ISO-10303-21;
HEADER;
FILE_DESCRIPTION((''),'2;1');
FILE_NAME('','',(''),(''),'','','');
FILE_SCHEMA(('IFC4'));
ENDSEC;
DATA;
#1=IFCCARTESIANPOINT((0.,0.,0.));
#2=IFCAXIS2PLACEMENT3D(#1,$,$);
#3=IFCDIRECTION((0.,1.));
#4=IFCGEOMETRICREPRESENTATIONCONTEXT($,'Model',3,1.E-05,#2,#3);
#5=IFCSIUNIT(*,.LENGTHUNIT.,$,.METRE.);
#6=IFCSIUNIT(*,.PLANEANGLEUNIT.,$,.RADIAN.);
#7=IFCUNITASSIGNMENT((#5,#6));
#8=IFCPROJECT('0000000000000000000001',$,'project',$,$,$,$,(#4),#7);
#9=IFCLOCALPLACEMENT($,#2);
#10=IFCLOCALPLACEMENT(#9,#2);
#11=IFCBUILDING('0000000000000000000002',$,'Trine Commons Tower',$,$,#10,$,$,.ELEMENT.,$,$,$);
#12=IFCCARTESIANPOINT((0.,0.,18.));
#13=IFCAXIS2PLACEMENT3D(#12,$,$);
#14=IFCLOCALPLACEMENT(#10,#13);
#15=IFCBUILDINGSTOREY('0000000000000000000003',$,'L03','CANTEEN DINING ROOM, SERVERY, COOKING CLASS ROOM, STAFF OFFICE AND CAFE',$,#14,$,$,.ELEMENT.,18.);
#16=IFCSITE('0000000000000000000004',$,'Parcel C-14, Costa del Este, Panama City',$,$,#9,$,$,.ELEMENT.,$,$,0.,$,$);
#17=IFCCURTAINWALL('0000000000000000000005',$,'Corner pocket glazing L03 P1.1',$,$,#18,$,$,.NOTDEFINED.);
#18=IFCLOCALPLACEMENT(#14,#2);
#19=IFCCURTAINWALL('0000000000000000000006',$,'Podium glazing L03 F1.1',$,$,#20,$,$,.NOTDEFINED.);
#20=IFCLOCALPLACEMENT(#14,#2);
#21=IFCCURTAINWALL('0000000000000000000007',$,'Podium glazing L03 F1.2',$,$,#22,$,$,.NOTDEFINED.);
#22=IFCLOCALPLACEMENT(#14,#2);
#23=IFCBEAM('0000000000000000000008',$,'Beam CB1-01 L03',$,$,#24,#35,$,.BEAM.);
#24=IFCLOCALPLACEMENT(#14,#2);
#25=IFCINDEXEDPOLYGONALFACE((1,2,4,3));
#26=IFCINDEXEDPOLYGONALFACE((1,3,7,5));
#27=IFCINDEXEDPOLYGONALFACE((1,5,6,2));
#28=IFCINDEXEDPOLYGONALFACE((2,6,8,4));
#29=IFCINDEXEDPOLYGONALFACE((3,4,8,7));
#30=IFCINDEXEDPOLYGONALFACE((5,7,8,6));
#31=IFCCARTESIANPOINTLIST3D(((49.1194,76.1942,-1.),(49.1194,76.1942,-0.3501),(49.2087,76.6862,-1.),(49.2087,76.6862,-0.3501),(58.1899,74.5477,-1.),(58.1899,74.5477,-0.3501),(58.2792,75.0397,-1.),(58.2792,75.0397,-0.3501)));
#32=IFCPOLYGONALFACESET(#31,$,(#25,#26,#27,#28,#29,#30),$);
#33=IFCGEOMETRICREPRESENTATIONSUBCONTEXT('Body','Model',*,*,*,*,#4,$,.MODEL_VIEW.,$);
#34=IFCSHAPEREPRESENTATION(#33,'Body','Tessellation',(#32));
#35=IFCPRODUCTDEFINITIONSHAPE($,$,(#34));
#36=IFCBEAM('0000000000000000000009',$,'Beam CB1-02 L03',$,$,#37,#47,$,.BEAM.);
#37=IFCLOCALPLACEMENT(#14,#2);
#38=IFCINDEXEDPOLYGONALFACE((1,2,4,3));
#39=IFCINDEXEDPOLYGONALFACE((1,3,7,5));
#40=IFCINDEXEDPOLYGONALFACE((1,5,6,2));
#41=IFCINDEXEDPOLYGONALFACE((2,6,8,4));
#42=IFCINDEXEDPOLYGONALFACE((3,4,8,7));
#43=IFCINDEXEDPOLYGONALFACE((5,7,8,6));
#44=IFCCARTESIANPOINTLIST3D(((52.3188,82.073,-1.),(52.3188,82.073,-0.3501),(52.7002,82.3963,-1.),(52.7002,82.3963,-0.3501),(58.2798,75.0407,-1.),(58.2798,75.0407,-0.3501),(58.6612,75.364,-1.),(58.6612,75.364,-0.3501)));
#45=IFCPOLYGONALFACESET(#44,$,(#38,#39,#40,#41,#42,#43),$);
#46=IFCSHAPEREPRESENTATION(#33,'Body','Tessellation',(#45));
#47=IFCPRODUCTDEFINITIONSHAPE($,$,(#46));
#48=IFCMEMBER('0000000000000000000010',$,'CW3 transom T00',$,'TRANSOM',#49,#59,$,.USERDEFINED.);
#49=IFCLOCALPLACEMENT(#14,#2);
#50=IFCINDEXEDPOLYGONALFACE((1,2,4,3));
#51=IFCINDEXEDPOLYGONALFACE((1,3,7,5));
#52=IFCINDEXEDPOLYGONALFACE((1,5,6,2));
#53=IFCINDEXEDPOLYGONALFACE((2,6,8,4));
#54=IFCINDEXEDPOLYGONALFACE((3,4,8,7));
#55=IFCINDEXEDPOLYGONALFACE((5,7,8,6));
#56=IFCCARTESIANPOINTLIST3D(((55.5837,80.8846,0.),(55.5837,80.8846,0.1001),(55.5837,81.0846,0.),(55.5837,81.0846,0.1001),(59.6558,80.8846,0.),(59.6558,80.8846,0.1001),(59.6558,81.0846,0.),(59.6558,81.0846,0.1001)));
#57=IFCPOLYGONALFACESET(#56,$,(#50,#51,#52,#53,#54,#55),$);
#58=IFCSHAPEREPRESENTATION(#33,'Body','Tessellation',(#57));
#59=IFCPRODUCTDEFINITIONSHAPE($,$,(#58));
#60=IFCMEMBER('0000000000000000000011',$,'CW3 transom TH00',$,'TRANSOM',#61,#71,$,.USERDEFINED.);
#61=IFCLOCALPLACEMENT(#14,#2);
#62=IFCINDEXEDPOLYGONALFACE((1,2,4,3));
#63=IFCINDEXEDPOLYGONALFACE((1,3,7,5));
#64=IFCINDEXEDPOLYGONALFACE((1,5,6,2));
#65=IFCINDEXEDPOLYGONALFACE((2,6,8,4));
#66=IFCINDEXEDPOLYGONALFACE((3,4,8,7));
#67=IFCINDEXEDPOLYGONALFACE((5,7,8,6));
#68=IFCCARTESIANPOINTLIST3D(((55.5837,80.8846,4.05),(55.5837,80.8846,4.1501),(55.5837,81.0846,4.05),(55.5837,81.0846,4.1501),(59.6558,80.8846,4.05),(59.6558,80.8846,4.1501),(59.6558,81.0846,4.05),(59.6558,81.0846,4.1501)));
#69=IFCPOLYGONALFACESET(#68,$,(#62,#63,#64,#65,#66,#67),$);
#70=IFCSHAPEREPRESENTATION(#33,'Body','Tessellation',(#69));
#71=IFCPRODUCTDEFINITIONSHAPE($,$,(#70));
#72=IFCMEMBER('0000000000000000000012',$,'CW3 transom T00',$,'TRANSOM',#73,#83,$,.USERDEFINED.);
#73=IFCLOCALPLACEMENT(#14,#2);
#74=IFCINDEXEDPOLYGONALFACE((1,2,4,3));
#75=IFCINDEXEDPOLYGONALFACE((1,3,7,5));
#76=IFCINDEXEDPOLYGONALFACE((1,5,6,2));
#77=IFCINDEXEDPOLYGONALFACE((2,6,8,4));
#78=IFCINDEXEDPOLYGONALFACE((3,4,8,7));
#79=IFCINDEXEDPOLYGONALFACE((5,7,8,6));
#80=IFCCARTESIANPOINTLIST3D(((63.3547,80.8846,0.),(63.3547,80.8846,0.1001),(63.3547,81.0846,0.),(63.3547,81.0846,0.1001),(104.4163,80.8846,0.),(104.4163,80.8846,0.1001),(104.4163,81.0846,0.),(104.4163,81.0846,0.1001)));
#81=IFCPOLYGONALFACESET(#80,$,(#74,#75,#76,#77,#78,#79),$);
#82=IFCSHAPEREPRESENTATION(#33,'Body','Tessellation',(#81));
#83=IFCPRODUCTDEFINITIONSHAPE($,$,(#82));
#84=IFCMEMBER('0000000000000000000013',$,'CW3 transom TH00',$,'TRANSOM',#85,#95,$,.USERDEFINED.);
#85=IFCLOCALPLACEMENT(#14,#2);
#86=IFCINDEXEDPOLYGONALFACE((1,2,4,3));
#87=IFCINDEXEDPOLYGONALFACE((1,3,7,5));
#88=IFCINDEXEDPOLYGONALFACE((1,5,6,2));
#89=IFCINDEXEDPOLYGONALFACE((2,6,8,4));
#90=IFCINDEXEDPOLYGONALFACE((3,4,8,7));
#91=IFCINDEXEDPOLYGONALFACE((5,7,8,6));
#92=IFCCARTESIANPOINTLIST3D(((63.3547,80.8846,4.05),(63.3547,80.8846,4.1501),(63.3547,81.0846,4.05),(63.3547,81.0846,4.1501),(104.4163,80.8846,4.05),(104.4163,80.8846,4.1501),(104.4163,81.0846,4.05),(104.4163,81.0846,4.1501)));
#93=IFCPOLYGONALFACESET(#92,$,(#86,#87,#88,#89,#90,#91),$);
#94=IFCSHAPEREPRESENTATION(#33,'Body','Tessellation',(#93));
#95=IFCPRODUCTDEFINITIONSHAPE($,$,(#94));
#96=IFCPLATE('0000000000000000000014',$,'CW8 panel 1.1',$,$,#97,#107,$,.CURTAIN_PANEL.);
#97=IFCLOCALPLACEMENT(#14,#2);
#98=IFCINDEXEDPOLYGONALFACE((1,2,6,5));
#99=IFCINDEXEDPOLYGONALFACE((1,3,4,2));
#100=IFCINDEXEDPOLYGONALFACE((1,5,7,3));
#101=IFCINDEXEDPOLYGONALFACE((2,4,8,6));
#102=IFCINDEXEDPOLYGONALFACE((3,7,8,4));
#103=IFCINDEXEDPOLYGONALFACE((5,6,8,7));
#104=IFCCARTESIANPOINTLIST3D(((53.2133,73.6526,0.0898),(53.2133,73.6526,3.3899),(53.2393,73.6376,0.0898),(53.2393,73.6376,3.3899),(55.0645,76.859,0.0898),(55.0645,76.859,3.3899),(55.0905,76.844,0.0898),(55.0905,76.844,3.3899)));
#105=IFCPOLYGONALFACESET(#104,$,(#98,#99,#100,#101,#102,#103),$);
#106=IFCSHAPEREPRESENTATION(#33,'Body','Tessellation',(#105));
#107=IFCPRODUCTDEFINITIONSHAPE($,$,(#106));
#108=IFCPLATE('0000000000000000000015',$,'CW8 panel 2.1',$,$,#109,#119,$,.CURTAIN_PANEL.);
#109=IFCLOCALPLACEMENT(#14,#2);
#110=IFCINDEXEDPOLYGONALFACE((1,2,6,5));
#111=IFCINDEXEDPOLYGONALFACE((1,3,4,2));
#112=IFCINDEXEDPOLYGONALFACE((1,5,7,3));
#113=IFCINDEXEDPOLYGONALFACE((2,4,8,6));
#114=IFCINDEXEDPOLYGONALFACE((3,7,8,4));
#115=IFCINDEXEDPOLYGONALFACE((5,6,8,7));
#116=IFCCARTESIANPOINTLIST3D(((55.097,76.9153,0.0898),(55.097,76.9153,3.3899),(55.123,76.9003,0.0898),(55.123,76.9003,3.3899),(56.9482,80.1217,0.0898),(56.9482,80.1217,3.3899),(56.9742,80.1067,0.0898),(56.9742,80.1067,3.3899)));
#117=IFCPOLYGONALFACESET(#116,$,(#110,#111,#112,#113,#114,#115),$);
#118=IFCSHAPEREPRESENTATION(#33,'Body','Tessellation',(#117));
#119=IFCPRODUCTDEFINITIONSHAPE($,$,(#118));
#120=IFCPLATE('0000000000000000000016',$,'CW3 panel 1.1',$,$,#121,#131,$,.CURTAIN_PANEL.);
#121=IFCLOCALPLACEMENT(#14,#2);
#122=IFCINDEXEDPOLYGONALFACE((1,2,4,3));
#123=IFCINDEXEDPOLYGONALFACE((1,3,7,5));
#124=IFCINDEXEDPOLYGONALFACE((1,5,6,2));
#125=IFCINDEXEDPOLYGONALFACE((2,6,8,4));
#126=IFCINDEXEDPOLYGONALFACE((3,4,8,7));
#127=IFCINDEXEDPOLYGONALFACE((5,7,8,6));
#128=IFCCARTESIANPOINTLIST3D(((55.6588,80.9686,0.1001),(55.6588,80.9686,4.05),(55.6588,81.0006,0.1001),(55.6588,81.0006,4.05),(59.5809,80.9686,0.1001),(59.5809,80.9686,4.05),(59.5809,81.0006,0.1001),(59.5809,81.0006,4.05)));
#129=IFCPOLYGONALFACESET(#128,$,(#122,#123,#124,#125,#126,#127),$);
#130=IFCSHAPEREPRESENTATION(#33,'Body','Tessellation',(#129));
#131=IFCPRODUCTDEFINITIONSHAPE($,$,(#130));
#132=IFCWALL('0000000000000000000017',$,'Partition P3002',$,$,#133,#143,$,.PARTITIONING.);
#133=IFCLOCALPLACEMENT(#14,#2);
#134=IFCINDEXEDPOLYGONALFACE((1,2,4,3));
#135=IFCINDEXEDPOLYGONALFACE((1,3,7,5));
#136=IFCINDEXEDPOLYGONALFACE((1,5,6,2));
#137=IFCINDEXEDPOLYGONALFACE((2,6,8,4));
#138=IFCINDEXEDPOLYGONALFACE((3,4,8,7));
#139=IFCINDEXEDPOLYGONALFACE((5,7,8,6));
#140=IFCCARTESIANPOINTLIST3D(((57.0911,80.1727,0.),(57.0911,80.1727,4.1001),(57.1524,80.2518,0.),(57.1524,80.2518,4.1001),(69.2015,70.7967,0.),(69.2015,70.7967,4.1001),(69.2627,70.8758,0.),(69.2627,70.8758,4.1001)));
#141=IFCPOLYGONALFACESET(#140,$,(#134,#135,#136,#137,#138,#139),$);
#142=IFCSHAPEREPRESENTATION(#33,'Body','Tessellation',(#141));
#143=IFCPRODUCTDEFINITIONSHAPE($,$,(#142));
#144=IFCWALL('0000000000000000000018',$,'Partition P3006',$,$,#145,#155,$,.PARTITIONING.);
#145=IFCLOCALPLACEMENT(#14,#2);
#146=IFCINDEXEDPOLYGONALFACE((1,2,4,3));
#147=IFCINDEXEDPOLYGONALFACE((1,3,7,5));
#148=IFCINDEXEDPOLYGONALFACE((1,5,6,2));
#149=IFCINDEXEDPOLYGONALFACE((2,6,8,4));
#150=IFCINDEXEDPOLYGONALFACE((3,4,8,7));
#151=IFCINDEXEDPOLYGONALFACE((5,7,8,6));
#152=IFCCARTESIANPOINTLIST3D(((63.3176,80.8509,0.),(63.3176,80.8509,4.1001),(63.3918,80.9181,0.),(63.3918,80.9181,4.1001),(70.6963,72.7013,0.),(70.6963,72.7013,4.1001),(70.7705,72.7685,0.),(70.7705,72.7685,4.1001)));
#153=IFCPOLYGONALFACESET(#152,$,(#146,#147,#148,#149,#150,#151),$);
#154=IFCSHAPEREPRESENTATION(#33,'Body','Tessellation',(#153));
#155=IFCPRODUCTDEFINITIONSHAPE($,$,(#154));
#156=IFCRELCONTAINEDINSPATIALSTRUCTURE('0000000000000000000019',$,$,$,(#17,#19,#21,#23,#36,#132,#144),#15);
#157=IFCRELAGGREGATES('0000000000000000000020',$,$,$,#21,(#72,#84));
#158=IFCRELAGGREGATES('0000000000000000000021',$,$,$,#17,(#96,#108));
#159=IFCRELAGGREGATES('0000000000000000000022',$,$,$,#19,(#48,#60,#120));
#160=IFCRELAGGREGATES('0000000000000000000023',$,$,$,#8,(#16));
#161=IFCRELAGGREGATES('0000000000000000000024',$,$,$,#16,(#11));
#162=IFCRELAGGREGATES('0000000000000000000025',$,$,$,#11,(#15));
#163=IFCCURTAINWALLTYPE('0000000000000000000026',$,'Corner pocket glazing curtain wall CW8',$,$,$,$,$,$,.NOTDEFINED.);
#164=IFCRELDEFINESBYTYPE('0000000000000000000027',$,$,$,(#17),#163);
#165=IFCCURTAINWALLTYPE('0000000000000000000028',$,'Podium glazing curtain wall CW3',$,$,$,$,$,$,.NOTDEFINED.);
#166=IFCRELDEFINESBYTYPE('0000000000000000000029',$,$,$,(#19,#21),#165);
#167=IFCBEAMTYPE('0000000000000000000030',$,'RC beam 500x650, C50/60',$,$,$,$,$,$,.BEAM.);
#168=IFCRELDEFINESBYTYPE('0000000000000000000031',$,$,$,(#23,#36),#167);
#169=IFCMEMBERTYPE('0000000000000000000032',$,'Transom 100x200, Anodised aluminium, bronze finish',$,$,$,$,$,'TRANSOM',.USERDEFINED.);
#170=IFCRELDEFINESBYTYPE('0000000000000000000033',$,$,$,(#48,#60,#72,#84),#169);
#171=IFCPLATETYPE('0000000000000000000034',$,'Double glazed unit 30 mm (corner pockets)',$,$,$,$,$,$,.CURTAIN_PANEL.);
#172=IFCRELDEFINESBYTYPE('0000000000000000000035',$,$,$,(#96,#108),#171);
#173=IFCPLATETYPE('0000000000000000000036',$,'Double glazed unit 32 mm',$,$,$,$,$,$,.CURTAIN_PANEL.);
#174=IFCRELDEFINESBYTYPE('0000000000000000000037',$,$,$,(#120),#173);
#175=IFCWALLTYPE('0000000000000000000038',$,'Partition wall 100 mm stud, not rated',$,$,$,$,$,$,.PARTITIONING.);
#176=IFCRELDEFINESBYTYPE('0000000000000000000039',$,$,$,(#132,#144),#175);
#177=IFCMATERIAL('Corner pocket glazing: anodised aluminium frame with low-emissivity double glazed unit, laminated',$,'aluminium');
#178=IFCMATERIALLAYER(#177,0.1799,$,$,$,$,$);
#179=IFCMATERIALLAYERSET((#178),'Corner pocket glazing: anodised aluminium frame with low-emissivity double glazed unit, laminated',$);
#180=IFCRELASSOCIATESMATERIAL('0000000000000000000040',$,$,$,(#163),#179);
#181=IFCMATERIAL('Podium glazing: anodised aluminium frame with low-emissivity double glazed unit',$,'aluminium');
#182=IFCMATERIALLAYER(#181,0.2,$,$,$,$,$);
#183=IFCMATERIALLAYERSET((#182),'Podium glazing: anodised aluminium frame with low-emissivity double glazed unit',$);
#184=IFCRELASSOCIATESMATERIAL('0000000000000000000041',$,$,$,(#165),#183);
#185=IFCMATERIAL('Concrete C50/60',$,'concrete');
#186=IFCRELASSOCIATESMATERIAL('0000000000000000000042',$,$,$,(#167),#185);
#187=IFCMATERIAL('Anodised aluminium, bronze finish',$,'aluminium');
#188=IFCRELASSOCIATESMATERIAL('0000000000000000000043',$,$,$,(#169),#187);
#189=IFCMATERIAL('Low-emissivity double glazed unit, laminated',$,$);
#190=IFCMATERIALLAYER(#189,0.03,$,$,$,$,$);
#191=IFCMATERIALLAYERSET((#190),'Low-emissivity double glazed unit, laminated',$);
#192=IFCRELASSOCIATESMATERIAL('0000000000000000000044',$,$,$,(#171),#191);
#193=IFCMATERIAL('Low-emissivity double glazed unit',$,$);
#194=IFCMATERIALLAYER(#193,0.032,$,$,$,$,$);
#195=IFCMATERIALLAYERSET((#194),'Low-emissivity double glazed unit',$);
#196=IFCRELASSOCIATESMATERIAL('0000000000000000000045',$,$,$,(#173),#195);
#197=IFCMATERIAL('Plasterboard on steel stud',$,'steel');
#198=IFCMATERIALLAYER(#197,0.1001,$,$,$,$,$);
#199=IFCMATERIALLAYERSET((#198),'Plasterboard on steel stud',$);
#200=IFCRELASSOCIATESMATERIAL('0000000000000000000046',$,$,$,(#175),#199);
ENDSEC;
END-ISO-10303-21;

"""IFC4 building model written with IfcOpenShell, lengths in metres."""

from ifc_helpers import new_model, si_unit, direction, frame, frame_2d, origin, origin_2d, place, context, subcontext, project, spatial, rectangle, extrude, material, layer, layer_set, material_profile, profile_set, type_object, element, aggregate, save


model = new_model("IFC4")

# Units and contexts
model_context = context("Model", 3, precision=1e-05, world=origin(), true_north=direction((0.0, 1.0)))
body_context = subcontext(model_context, "Body", "Model", "MODEL_VIEW")
ifc_project = project(units=[si_unit("LENGTHUNIT", "METRE"), si_unit("PLANEANGLEUNIT", "RADIAN")], contexts=[model_context])

# Site, building, storey
site_placement = place(None, origin())
site = spatial("IfcSite", under=ifc_project, at=site_placement, Name="Parcel C-14, Costa del Este, Panama City", CompositionType="ELEMENT", RefElevation=0.0)
building_placement = place(site_placement, origin())
building = spatial("IfcBuilding", under=site, at=building_placement, Name="Trine Commons Tower", CompositionType="ELEMENT")
storey_placement = place(building_placement, frame((0.0, 0.0, 18.0)))
storey = spatial("IfcBuildingStorey", under=building, at=storey_placement, Name="L03", Description="CANTEEN DINING ROOM, SERVERY, COOKING CLASS ROOM, STAFF OFFICE AND CAFE", CompositionType="ELEMENT", Elevation=18.0)

# Curtain walls
ifc_material_1 = material(Name="Corner pocket glazing: anodised aluminium frame with low-emissivity double glazed unit, laminated", Category="aluminium")
ifc_layer_1 = layer(ifc_material_1, 0.1799)
ifc_layer_set_1 = layer_set([ifc_layer_1], Name="Corner pocket glazing: anodised aluminium frame with low-emissivity double glazed unit, laminated")
curtain_wall_type_1 = type_object("IfcCurtainWallType", Name="Corner pocket glazing curtain wall CW8", PredefinedType="NOTDEFINED", material=ifc_layer_set_1)
curtain_wall_1_placement = place(storey_placement, origin())
curtain_wall_1 = element("IfcCurtainWall", 1, at=curtain_wall_1_placement, inside=storey, type_object=curtain_wall_type_1, Name="Corner pocket glazing L03 P1.1", PredefinedType="NOTDEFINED")
ifc_material_2 = material(Name="Anodised aluminium, bronze finish", Category="aluminium")
ifc_material_3 = material(Name="Podium glazing: anodised aluminium frame with low-emissivity double glazed unit", Category="aluminium")
ifc_layer_2 = layer(ifc_material_3, 0.2)
ifc_layer_set_2 = layer_set([ifc_layer_2], Name="Podium glazing: anodised aluminium frame with low-emissivity double glazed unit")
curtain_wall_type_2 = type_object("IfcCurtainWallType", Name="Podium glazing curtain wall CW3", PredefinedType="NOTDEFINED", material=ifc_layer_set_2)
curtain_wall_2_placement = place(storey_placement, origin())
curtain_wall_2 = element("IfcCurtainWall", 2, at=curtain_wall_2_placement, inside=storey, type_object=curtain_wall_type_2, Name="Podium glazing L03 F1.1", PredefinedType="NOTDEFINED")

# Curtain wall
curtain_wall_3_placement = place(storey_placement, origin())
curtain_wall_3 = element("IfcCurtainWall", 3, at=curtain_wall_3_placement, inside=storey, type_object=curtain_wall_type_2, Name="Podium glazing L03 F1.2", PredefinedType="NOTDEFINED")

# Beams
ifc_material_4 = material(Name="Concrete C50/60", Category="concrete")
ifc_material_profile_1 = material_profile(ifc_material_4, rectangle(XDim=0.5, YDim=0.6499, at=origin_2d()), Name="RC 500x650")
ifc_profile_set_1 = profile_set([ifc_material_profile_1], Name="Concrete C50/60")
beam_type_1 = type_object("IfcBeamType", Name="RC beam 500x650, C50/60", PredefinedType="BEAM", material=ifc_profile_set_1)
for number, where, z_axis, x_axis, name in (
    (4, (49.1641, 76.4402, -0.675), (0.983922, -0.178601, 0.0), (0.178601, 0.983922, 0.0), "Beam CB1-01 L03"),
    (5, (52.5095, 82.2346, -0.675), (0.646612, -0.762819, 0.0), (0.762819, 0.646612, 0.0), "Beam CB1-02 L03"),
):
    element("IfcBeam", number, at=place(storey_placement, frame(where, z_axis=z_axis, x_axis=x_axis)), inside=storey, type_object=beam_type_1, Name=name, PredefinedType="BEAM", context=body_context, shape_type="SweptSolid", body=[
        extrude(rectangle(XDim=0.5, YDim=0.6499, at=origin_2d()), origin(), (0.0, 0.0, 1.0), 9.2188),
    ])

# Members
ifc_material_profile_2 = material_profile(ifc_material_2, rectangle(XDim=0.2, YDim=0.1001, at=origin_2d()), Name="Transom 100x200")
ifc_profile_set_2 = profile_set([ifc_material_profile_2], Name="Anodised aluminium, bronze finish")
member_type_1 = type_object("IfcMemberType", Name="Transom 100x200, Anodised aluminium, bronze finish", ElementType="TRANSOM", PredefinedType="USERDEFINED", material=ifc_profile_set_2)
member_1_placement = place(storey_placement, frame((55.5837, 80.9846, 0.05), z_axis=(1.0, 0.0, 0.0), x_axis=(0.0, 1.0, 0.0)))
member_1 = element("IfcMember", 6, at=member_1_placement, type_object=member_type_1, Name="CW3 transom T00", ObjectType="TRANSOM", PredefinedType="USERDEFINED", context=body_context, shape_type="SweptSolid", body=[
    extrude(rectangle(XDim=0.2, YDim=0.1001, at=origin_2d()), origin(), (0.0, 0.0, 1.0), 4.072),
])
member_2_placement = place(storey_placement, frame((55.5837, 80.9846, 4.1001), z_axis=(1.0, 0.0, 0.0), x_axis=(0.0, 1.0, 0.0)))
member_2 = element("IfcMember", 7, at=member_2_placement, type_object=member_type_1, Name="CW3 transom TH00", ObjectType="TRANSOM", PredefinedType="USERDEFINED", context=body_context, shape_type="SweptSolid", body=[
    extrude(rectangle(XDim=0.2, YDim=0.1001, at=origin_2d()), origin(), (0.0, 0.0, 1.0), 4.072),
])
member_3_placement = place(storey_placement, frame((63.3547, 80.9846, 0.05), z_axis=(1.0, 0.0, 0.0), x_axis=(0.0, 1.0, 0.0)))
member_3 = element("IfcMember", 8, at=member_3_placement, type_object=member_type_1, Name="CW3 transom T00", ObjectType="TRANSOM", PredefinedType="USERDEFINED", context=body_context, shape_type="SweptSolid", body=[
    extrude(rectangle(XDim=0.2, YDim=0.1001, at=origin_2d()), origin(), (0.0, 0.0, 1.0), 41.0615),
])
member_4_placement = place(storey_placement, frame((63.3547, 80.9846, 4.1001), z_axis=(1.0, 0.0, 0.0), x_axis=(0.0, 1.0, 0.0)))
member_4 = element("IfcMember", 9, at=member_4_placement, type_object=member_type_1, Name="CW3 transom TH00", ObjectType="TRANSOM", PredefinedType="USERDEFINED", context=body_context, shape_type="SweptSolid", body=[
    extrude(rectangle(XDim=0.2, YDim=0.1001, at=origin_2d()), origin(), (0.0, 0.0, 1.0), 41.0615),
])
aggregate(curtain_wall_3, [member_3, member_4])

# Plates
ifc_material_5 = material(Name="Low-emissivity double glazed unit, laminated")
ifc_layer_3 = layer(ifc_material_5, 0.03)
ifc_layer_set_3 = layer_set([ifc_layer_3], Name="Low-emissivity double glazed unit, laminated")
plate_type_1 = type_object("IfcPlateType", Name="Double glazed unit 30 mm (corner pockets)", PredefinedType="CURTAIN_PANEL", material=ifc_layer_set_3)
plate_1_placement = place(storey_placement, frame((54.1519, 75.2483, 0.0898), z_axis=(0.0, 0.0, 1.0), x_axis=(0.5, 0.866025, 0.0)))
plate_1 = element("IfcPlate", 10, at=plate_1_placement, type_object=plate_type_1, Name="CW8 panel 1.1", PredefinedType="CURTAIN_PANEL", context=body_context, shape_type="SweptSolid", body=[
    extrude(rectangle(XDim=3.7024, YDim=0.03, at=origin_2d()), origin(), (0.0, 0.0, 1.0), 3.3),
])
plate_2_placement = place(storey_placement, frame((56.0356, 78.511, 0.0898), z_axis=(0.0, 0.0, 1.0), x_axis=(0.5, 0.866025, 0.0)))
plate_2 = element("IfcPlate", 11, at=plate_2_placement, type_object=plate_type_1, Name="CW8 panel 2.1", PredefinedType="CURTAIN_PANEL", context=body_context, shape_type="SweptSolid", body=[
    extrude(rectangle(XDim=3.7024, YDim=0.03, at=origin_2d()), origin(), (0.0, 0.0, 1.0), 3.3),
])
aggregate(curtain_wall_1, [plate_1, plate_2])
ifc_material_6 = material(Name="Low-emissivity double glazed unit")
ifc_layer_4 = layer(ifc_material_6, 0.032)
ifc_layer_set_4 = layer_set([ifc_layer_4], Name="Low-emissivity double glazed unit")
plate_type_2 = type_object("IfcPlateType", Name="Double glazed unit 32 mm", PredefinedType="CURTAIN_PANEL", material=ifc_layer_set_4)
plate_3_placement = place(storey_placement, frame((57.6199, 80.9846, 0.1001), z_axis=(0.0, 0.0, 1.0), x_axis=(1.0, 0.0, 0.0)))
plate_3 = element("IfcPlate", 12, at=plate_3_placement, type_object=plate_type_2, Name="CW3 panel 1.1", PredefinedType="CURTAIN_PANEL", context=body_context, shape_type="SweptSolid", body=[
    extrude(rectangle(XDim=3.9221, YDim=0.032, at=origin_2d()), origin(), (0.0, 0.0, 1.0), 3.95),
])
aggregate(curtain_wall_2, [member_1, member_2, plate_3])

# Walls
ifc_material_7 = material(Name="Plasterboard on steel stud", Category="steel")
ifc_layer_5 = layer(ifc_material_7, 0.1001)
ifc_layer_set_5 = layer_set([ifc_layer_5], Name="Plasterboard on steel stud")
wall_type_1 = type_object("IfcWallType", Name="Partition wall 100 mm stud, not rated", PredefinedType="PARTITIONING", material=ifc_layer_set_5)
wall_1_placement = place(storey_placement, frame((57.1218, 80.2122, 0.0), z_axis=(0.0, 0.0, 1.0), x_axis=(0.790717, -0.612182, 0.0)))
element("IfcWall", 13, at=wall_1_placement, inside=storey, type_object=wall_type_1, Name="Partition P3002", PredefinedType="PARTITIONING", context=body_context, shape_type="SweptSolid", body=[
    extrude(rectangle(XDim=15.3157, YDim=0.1001, at=frame_2d((7.6577, 0.0))), origin(), (0.0, 0.0, 1.0), 4.1001),
])
wall_2_placement = place(storey_placement, frame((63.3547, 80.8845, 0.0), z_axis=(0.0, 0.0, 1.0), x_axis=(0.671171, -0.741302, 0.0)))
element("IfcWall", 14, at=wall_2_placement, inside=storey, type_object=wall_type_1, Name="Partition P3006", PredefinedType="PARTITIONING", context=body_context, shape_type="SweptSolid", body=[
    extrude(rectangle(XDim=10.9937, YDim=0.1001, at=frame_2d((5.4968, 0.0))), origin(), (0.0, 0.0, 1.0), 4.1001),
])

save(model, "model.ifc")
